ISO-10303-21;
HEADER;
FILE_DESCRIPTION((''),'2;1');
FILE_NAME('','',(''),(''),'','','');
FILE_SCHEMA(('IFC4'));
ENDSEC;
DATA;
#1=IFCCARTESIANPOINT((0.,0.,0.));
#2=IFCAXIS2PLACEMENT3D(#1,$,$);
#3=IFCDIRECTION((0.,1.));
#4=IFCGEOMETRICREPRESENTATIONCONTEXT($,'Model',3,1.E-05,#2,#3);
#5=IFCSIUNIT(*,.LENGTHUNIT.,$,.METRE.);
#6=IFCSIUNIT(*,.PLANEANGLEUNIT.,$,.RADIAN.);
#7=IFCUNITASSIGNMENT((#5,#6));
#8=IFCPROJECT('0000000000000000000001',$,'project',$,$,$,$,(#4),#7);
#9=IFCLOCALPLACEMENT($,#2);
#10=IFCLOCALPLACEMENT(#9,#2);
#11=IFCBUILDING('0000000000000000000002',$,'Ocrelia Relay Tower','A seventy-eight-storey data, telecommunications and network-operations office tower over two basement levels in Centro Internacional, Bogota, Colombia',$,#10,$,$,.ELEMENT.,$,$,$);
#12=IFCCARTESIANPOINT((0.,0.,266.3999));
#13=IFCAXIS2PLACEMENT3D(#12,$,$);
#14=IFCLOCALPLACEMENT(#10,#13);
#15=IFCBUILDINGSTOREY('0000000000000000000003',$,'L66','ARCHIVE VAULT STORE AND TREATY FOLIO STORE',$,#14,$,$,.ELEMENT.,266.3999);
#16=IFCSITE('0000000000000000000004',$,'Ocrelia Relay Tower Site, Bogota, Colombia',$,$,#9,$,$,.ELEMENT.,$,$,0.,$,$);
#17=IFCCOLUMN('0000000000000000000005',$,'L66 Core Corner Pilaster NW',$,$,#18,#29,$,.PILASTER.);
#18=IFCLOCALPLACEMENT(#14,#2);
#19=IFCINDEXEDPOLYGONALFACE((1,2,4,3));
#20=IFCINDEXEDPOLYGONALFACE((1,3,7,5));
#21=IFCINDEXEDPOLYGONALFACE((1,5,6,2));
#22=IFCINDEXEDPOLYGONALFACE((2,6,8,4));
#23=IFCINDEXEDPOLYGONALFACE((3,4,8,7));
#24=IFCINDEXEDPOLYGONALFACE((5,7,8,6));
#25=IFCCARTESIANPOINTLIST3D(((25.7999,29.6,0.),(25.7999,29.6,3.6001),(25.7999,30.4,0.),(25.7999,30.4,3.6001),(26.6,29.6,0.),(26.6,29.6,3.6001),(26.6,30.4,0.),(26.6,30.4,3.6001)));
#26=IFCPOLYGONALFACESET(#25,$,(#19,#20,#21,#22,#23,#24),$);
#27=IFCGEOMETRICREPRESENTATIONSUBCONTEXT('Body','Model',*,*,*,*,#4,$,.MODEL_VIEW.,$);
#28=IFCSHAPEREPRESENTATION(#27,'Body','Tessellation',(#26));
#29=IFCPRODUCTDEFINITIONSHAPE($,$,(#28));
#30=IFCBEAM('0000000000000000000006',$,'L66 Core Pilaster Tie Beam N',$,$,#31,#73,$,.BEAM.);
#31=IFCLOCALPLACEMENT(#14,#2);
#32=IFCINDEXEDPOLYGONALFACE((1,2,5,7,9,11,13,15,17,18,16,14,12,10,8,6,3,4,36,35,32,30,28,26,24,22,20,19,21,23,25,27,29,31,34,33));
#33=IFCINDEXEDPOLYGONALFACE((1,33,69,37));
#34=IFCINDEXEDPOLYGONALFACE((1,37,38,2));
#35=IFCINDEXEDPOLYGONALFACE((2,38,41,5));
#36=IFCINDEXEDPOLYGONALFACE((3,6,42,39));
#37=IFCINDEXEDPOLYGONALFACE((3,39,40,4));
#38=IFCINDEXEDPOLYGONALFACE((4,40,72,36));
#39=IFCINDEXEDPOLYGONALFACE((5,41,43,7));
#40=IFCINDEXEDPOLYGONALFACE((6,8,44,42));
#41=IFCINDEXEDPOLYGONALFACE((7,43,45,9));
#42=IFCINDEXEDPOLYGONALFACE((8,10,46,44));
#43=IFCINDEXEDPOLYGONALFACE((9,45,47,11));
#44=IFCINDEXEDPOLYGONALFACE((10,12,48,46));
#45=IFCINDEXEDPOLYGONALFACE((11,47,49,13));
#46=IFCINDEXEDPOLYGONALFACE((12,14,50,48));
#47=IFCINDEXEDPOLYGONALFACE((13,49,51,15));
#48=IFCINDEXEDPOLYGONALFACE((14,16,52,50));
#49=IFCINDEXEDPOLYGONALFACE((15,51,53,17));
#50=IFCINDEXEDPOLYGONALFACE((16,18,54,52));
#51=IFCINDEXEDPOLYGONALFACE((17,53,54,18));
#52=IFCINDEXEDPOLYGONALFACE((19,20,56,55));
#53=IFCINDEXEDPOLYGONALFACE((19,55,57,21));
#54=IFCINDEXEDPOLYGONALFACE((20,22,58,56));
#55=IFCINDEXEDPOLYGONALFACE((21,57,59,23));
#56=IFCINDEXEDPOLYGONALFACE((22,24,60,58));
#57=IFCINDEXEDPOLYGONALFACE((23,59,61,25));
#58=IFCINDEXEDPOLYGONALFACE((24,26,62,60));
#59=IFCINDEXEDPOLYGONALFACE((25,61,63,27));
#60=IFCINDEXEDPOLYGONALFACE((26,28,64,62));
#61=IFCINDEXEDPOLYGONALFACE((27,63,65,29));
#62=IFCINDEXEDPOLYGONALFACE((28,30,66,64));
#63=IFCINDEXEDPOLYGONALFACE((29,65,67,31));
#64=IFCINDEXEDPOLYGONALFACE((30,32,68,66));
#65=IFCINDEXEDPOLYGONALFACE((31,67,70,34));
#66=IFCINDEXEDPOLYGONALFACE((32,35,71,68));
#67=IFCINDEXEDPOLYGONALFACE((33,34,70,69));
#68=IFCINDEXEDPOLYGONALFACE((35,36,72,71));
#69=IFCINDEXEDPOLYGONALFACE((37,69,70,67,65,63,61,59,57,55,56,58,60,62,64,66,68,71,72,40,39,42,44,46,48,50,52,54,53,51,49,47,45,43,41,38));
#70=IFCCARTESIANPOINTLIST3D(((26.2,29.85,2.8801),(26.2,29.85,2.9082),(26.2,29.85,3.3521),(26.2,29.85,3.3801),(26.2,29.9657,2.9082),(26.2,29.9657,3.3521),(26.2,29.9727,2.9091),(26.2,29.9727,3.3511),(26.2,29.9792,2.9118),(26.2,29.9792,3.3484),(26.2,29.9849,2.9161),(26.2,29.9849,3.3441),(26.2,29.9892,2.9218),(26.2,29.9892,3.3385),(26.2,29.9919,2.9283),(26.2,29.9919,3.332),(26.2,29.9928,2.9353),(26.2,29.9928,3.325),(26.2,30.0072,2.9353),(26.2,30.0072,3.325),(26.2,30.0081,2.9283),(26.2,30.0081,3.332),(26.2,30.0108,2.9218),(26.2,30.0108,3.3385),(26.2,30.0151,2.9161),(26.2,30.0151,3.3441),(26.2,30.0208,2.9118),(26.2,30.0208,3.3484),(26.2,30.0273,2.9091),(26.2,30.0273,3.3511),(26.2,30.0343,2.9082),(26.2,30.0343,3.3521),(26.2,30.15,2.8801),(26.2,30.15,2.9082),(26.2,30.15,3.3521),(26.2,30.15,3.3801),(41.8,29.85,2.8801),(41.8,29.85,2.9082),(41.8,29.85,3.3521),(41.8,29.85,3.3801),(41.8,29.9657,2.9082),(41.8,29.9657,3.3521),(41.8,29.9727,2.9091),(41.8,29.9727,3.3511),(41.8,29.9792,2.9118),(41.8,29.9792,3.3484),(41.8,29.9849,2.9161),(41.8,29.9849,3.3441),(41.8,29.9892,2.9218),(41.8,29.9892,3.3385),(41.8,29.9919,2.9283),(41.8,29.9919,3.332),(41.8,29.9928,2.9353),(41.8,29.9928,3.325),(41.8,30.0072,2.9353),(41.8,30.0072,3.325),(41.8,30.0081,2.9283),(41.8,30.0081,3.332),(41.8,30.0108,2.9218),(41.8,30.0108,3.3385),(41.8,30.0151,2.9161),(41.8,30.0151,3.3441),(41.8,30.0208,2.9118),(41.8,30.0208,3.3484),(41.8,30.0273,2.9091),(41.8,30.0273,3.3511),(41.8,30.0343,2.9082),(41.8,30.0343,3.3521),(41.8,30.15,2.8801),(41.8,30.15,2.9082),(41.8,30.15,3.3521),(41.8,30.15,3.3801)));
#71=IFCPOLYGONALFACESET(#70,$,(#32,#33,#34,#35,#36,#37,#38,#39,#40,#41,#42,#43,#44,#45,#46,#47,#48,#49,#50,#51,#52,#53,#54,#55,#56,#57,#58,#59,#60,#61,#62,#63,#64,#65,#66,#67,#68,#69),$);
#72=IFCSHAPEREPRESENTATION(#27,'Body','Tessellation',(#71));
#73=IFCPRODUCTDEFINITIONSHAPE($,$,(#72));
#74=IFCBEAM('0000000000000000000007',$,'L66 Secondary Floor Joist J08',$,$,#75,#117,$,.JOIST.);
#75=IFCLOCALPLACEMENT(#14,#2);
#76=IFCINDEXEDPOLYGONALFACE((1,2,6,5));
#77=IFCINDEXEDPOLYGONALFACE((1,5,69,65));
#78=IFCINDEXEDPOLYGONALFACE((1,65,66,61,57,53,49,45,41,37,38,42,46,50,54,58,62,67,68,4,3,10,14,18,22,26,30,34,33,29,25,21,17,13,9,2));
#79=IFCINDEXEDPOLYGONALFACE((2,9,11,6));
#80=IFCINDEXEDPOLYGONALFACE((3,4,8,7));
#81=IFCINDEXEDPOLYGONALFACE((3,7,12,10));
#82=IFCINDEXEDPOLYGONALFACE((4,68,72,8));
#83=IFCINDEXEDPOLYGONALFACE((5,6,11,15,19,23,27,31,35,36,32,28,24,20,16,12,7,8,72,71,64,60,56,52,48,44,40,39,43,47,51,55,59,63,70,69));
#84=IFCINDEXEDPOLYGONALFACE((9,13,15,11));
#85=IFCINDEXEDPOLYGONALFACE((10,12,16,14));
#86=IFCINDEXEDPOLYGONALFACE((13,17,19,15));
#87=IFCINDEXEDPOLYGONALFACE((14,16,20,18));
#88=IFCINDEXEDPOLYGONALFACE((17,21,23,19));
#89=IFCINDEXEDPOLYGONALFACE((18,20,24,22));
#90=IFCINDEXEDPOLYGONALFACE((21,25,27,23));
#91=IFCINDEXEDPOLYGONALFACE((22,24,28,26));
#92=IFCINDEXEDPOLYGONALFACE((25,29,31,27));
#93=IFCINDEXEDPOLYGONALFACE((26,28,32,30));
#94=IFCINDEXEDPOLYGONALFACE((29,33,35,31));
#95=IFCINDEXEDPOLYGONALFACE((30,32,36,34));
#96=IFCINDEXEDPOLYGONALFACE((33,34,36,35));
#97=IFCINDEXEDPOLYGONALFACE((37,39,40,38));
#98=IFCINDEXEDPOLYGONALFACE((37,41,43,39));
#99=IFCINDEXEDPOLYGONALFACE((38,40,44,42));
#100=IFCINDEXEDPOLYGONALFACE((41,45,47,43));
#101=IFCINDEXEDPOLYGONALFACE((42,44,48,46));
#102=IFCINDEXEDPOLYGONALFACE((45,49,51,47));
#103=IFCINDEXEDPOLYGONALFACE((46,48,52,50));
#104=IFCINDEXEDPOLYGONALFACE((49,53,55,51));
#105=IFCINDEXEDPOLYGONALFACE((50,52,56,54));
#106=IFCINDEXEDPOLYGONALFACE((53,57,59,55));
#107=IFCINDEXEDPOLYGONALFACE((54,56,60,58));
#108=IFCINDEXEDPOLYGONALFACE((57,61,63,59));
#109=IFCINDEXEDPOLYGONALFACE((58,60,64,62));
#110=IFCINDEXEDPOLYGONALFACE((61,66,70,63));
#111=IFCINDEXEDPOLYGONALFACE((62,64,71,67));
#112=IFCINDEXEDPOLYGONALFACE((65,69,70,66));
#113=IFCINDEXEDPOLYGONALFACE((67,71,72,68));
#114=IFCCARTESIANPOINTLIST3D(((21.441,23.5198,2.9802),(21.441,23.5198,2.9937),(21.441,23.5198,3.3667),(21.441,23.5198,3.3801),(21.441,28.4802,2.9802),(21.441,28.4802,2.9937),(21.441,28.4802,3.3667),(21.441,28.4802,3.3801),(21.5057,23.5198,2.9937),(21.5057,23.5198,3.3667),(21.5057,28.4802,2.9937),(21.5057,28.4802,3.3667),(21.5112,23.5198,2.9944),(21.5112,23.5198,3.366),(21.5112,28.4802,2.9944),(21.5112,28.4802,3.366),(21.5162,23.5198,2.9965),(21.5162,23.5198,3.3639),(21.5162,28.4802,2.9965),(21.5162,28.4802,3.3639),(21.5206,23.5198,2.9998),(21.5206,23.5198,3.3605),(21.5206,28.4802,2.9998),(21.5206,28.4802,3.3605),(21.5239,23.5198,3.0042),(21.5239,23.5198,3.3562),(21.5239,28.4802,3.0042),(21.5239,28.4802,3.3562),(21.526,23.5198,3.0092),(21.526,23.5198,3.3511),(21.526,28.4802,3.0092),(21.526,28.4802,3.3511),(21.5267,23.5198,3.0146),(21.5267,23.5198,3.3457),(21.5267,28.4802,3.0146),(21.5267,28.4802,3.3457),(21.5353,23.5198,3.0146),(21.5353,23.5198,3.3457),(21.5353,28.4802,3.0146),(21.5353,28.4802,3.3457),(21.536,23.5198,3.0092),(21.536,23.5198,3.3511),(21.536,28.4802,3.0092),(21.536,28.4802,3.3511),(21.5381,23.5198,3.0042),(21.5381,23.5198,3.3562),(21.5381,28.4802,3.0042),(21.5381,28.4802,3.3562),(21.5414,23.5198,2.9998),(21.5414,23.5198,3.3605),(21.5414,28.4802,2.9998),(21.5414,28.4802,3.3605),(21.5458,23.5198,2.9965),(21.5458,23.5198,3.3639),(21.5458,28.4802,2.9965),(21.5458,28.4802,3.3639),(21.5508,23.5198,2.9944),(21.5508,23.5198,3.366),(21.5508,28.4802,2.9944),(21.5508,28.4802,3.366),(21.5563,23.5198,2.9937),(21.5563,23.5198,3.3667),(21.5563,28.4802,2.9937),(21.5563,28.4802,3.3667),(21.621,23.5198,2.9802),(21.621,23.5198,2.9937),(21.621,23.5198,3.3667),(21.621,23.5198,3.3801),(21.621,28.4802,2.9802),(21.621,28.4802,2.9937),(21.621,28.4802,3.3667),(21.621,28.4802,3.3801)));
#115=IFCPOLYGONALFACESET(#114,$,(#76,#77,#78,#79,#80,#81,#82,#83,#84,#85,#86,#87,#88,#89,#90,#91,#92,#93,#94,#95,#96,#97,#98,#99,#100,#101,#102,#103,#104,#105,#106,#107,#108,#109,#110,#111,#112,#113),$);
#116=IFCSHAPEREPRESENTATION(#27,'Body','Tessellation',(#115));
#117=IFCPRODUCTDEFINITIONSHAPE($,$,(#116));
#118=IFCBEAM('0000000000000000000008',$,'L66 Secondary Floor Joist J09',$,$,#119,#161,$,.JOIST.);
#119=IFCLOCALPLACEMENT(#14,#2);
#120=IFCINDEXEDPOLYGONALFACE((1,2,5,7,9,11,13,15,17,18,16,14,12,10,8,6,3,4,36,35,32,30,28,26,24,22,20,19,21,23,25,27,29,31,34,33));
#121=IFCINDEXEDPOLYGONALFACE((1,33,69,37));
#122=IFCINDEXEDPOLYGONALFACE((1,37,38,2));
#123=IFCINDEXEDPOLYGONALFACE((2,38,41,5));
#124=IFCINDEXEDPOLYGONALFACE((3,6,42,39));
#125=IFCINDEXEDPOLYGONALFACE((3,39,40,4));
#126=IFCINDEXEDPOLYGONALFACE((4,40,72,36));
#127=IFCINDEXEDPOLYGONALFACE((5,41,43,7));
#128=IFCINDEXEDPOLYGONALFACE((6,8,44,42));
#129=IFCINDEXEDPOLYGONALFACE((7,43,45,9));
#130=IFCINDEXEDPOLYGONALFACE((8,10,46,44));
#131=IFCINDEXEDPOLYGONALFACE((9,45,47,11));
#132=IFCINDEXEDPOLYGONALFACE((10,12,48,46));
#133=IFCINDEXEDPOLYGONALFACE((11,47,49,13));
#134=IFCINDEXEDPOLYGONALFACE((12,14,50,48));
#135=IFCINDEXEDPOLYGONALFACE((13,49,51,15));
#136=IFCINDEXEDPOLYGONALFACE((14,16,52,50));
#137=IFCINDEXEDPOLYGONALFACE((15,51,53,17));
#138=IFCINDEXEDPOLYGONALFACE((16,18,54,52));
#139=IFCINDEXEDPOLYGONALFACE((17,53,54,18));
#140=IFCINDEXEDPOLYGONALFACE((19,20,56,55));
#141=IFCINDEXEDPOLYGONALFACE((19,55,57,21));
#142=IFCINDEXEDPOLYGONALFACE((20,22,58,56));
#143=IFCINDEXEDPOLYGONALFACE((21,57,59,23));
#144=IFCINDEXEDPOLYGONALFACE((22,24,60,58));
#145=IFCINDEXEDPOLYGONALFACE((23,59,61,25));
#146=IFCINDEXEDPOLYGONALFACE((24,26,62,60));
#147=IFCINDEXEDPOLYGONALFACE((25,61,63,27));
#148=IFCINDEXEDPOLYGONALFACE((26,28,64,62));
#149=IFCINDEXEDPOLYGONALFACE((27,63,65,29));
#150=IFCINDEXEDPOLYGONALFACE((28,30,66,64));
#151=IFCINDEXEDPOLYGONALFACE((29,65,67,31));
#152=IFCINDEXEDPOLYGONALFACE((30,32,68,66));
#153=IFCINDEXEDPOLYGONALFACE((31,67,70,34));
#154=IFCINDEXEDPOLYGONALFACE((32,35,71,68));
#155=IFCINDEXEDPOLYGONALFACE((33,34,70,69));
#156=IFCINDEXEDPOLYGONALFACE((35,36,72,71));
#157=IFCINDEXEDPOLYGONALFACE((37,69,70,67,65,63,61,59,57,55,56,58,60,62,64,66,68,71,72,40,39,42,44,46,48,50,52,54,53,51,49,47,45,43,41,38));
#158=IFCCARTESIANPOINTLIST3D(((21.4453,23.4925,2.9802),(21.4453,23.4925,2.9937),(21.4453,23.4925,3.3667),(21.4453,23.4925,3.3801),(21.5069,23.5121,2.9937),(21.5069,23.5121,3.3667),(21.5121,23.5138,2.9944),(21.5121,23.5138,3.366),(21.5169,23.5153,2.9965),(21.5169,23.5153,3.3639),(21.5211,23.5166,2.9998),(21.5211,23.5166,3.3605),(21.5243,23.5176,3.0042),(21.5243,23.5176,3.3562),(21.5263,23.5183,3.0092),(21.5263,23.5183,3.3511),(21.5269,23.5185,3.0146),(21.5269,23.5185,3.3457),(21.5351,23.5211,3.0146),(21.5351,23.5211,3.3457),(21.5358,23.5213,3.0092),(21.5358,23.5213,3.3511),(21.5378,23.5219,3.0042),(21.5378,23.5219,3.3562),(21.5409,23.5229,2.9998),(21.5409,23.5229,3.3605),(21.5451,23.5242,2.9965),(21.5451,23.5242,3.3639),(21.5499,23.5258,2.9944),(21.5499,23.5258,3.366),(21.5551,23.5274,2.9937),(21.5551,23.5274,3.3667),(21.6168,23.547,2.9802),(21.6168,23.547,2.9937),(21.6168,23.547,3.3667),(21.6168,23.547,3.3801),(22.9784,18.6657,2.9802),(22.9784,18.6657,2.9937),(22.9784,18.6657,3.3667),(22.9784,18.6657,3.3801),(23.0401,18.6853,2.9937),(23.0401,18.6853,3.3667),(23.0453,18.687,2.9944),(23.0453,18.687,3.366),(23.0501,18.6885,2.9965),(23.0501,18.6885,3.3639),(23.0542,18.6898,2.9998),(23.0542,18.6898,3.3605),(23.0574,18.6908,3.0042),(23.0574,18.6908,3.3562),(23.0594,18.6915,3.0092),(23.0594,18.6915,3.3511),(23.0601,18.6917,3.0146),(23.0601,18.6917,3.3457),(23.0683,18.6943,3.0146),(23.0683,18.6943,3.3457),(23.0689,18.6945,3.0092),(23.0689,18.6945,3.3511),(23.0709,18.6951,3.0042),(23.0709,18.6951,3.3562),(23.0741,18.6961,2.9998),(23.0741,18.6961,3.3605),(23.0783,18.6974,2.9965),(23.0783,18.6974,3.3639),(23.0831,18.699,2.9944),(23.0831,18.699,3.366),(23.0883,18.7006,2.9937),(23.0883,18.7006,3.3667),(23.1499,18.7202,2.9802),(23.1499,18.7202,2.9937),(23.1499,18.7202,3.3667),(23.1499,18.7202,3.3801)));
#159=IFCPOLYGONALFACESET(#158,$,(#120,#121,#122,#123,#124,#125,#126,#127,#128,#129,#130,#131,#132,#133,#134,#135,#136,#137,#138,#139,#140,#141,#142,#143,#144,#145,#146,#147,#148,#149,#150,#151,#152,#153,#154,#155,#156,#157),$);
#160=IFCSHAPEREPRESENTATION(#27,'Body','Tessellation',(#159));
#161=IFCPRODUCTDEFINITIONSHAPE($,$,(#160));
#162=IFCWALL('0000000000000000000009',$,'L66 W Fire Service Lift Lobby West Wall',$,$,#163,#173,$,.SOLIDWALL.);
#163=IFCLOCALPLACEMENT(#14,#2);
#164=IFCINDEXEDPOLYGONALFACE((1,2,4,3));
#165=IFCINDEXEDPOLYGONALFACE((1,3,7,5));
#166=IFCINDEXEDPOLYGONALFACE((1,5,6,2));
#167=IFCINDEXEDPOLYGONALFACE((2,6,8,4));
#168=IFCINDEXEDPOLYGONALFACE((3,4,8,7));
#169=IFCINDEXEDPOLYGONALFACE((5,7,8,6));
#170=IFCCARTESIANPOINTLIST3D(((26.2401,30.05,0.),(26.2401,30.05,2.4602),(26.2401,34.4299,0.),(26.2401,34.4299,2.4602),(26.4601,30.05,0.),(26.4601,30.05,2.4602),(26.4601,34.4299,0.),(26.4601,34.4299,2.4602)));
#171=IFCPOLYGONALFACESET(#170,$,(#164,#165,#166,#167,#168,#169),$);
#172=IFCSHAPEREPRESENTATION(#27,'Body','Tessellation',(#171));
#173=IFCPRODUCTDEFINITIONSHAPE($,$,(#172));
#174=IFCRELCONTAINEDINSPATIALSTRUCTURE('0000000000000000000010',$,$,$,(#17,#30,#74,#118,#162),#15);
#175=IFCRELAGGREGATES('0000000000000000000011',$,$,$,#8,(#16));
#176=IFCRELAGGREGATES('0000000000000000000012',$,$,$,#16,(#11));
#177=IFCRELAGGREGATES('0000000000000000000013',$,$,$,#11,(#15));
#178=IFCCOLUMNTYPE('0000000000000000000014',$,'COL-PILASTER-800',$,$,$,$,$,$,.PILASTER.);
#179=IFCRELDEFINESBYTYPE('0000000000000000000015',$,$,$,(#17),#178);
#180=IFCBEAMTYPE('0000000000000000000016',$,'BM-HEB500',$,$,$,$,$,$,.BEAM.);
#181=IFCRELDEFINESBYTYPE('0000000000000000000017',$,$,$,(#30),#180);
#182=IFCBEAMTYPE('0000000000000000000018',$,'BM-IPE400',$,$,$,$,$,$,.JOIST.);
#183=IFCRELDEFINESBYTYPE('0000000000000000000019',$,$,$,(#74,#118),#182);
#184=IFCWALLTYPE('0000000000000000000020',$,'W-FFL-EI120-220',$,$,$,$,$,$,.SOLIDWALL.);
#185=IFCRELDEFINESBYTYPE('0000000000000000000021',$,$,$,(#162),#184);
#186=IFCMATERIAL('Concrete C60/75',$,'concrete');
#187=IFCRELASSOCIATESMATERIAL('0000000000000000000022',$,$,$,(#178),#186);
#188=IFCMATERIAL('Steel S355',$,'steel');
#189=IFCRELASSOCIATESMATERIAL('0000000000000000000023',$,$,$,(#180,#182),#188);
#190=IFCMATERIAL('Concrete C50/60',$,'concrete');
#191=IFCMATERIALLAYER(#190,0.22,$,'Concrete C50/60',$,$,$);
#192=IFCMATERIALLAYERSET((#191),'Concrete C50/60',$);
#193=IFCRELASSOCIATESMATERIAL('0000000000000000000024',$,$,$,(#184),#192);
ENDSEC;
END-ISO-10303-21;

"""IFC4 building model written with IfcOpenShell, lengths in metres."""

from ifc_helpers import new_model, si_unit, direction, frame, frame_2d, origin, origin_2d, place, context, subcontext, project, spatial, rectangle, i_section, extrude, material, layer, layer_set, material_profile, profile_set, type_object, element, save


model = new_model("IFC4")

# Units and contexts
model_context = context("Model", 3, precision=1e-05, world=origin(), true_north=direction((0.0, 1.0)))
body_context = subcontext(model_context, "Body", "Model", "MODEL_VIEW")
ifc_project = project(units=[si_unit("LENGTHUNIT", "METRE"), si_unit("PLANEANGLEUNIT", "RADIAN")], contexts=[model_context])

# Site, building, storey
site_placement = place(None, origin())
site = spatial("IfcSite", under=ifc_project, at=site_placement, Name="Ocrelia Relay Tower Site, Bogota, Colombia", CompositionType="ELEMENT", RefElevation=0.0)
building_placement = place(site_placement, origin())
building = spatial("IfcBuilding", under=site, at=building_placement, Name="Ocrelia Relay Tower", Description="A seventy-eight-storey data, telecommunications and network-operations office tower over two basement levels in Centro Internacional, Bogota, Colombia", CompositionType="ELEMENT")
storey_placement = place(building_placement, frame((0.0, 0.0, 266.3999)))
storey = spatial("IfcBuildingStorey", under=building, at=storey_placement, Name="L66", Description="ARCHIVE VAULT STORE AND TREATY FOLIO STORE", CompositionType="ELEMENT", Elevation=266.3999)

# Column
ifc_material_1 = material(Name="Concrete C60/75", Category="concrete")
ifc_material_profile_1 = material_profile(ifc_material_1, rectangle(XDim=0.8, YDim=0.8, at=origin_2d()), Name="RC-COL-800x800")
ifc_profile_set_1 = profile_set([ifc_material_profile_1], Name="Concrete C60/75")
column_type = type_object("IfcColumnType", Name="COL-PILASTER-800", PredefinedType="PILASTER", material=ifc_profile_set_1)
column_placement = place(storey_placement, frame((26.2, 30.0, 0.0), z_axis=(0.0, 0.0, 1.0), x_axis=(1.0, 0.0, 0.0)))
element("IfcColumn", 1, at=column_placement, inside=storey, type_object=column_type, Name="L66 Core Corner Pilaster NW", PredefinedType="PILASTER", context=body_context, shape_type="SweptSolid", body=[
    extrude(rectangle(XDim=0.8, YDim=0.8, at=origin_2d()), origin(), (0.0, 0.0, 1.0), 3.6001),
])

# Beams
ifc_material_2 = material(Name="Steel S355", Category="steel")
ifc_material_profile_2 = material_profile(ifc_material_2, i_section(OverallWidth=0.3, OverallDepth=0.5, WebThickness=0.0144, FlangeThickness=0.0281, FilletRadius=0.0271, at=origin_2d()), Name="HEB 500")
ifc_profile_set_2 = profile_set([ifc_material_profile_2], Name="Steel S355")
beam_type_1 = type_object("IfcBeamType", Name="BM-HEB500", PredefinedType="BEAM", material=ifc_profile_set_2)
beam_1_placement = place(storey_placement, frame((26.2, 30.0, 3.1301), z_axis=(1.0, 0.0, 0.0), x_axis=(0.0, 1.0, 0.0)))
element("IfcBeam", 2, at=beam_1_placement, inside=storey, type_object=beam_type_1, Name="L66 Core Pilaster Tie Beam N", PredefinedType="BEAM", context=body_context, shape_type="SweptSolid", body=[
    extrude(i_section(OverallWidth=0.3, OverallDepth=0.5, WebThickness=0.0144, FlangeThickness=0.0281, FilletRadius=0.0271, at=origin_2d()), origin(), (0.0, 0.0, 1.0), 15.6001),
])
ifc_material_profile_3 = material_profile(ifc_material_2, i_section(OverallWidth=0.1799, OverallDepth=0.3999, WebThickness=0.0085, FlangeThickness=0.0134, FilletRadius=0.021, at=origin_2d()), Name="IPE 400")
ifc_profile_set_3 = profile_set([ifc_material_profile_3], Name="Steel S355")
beam_type_2 = type_object("IfcBeamType", Name="BM-IPE400", PredefinedType="JOIST", material=ifc_profile_set_3)
beam_2_placement = place(storey_placement, frame((21.531, 28.4802, 3.1802), z_axis=(0.0, -1.0, 0.0), x_axis=(1.0, 0.0, 0.0)))
element("IfcBeam", 3, at=beam_2_placement, inside=storey, type_object=beam_type_2, Name="L66 Secondary Floor Joist J08", PredefinedType="JOIST", context=body_context, shape_type="SweptSolid", body=[
    extrude(i_section(OverallWidth=0.1799, OverallDepth=0.3999, WebThickness=0.0085, FlangeThickness=0.0134, FilletRadius=0.021, at=origin_2d()), origin(), (0.0, 0.0, 1.0), 4.9604),
])
beam_3_placement = place(storey_placement, frame((21.531, 23.5198, 3.1802), z_axis=(0.302732, -0.953076, 0.0), x_axis=(0.953076, 0.302732, 0.0)))
element("IfcBeam", 4, at=beam_3_placement, inside=storey, type_object=beam_type_2, Name="L66 Secondary Floor Joist J09", PredefinedType="JOIST", context=body_context, shape_type="SweptSolid", body=[
    extrude(i_section(OverallWidth=0.1799, OverallDepth=0.3999, WebThickness=0.0085, FlangeThickness=0.0134, FilletRadius=0.021, at=origin_2d()), origin(), (0.0, 0.0, 1.0), 5.0645),
])

# Shared definitions
ifc_material_3 = material(Name="Concrete C50/60", Category="concrete")

# Wall
ifc_layer_1 = layer(ifc_material_3, 0.22, Name="Concrete C50/60")
ifc_layer_set_1 = layer_set([ifc_layer_1], Name="Concrete C50/60")
wall_type_1 = type_object("IfcWallType", Name="W-FFL-EI120-220", PredefinedType="SOLIDWALL", material=ifc_layer_set_1)
wall_1_placement = place(storey_placement, frame((26.3501, 30.05, 0.0), z_axis=(0.0, 0.0, 1.0), x_axis=(0.0, 1.0, 0.0)))
element("IfcWall", 5, at=wall_1_placement, inside=storey, type_object=wall_type_1, Name="L66 W Fire Service Lift Lobby West Wall", PredefinedType="SOLIDWALL", context=body_context, shape_type="SweptSolid", body=[
    extrude(rectangle(XDim=4.3799, YDim=0.22, at=frame_2d((2.1899, 0.0))), origin(), (0.0, 0.0, 1.0), 2.4602),
])

save(model, "model.ifc")
